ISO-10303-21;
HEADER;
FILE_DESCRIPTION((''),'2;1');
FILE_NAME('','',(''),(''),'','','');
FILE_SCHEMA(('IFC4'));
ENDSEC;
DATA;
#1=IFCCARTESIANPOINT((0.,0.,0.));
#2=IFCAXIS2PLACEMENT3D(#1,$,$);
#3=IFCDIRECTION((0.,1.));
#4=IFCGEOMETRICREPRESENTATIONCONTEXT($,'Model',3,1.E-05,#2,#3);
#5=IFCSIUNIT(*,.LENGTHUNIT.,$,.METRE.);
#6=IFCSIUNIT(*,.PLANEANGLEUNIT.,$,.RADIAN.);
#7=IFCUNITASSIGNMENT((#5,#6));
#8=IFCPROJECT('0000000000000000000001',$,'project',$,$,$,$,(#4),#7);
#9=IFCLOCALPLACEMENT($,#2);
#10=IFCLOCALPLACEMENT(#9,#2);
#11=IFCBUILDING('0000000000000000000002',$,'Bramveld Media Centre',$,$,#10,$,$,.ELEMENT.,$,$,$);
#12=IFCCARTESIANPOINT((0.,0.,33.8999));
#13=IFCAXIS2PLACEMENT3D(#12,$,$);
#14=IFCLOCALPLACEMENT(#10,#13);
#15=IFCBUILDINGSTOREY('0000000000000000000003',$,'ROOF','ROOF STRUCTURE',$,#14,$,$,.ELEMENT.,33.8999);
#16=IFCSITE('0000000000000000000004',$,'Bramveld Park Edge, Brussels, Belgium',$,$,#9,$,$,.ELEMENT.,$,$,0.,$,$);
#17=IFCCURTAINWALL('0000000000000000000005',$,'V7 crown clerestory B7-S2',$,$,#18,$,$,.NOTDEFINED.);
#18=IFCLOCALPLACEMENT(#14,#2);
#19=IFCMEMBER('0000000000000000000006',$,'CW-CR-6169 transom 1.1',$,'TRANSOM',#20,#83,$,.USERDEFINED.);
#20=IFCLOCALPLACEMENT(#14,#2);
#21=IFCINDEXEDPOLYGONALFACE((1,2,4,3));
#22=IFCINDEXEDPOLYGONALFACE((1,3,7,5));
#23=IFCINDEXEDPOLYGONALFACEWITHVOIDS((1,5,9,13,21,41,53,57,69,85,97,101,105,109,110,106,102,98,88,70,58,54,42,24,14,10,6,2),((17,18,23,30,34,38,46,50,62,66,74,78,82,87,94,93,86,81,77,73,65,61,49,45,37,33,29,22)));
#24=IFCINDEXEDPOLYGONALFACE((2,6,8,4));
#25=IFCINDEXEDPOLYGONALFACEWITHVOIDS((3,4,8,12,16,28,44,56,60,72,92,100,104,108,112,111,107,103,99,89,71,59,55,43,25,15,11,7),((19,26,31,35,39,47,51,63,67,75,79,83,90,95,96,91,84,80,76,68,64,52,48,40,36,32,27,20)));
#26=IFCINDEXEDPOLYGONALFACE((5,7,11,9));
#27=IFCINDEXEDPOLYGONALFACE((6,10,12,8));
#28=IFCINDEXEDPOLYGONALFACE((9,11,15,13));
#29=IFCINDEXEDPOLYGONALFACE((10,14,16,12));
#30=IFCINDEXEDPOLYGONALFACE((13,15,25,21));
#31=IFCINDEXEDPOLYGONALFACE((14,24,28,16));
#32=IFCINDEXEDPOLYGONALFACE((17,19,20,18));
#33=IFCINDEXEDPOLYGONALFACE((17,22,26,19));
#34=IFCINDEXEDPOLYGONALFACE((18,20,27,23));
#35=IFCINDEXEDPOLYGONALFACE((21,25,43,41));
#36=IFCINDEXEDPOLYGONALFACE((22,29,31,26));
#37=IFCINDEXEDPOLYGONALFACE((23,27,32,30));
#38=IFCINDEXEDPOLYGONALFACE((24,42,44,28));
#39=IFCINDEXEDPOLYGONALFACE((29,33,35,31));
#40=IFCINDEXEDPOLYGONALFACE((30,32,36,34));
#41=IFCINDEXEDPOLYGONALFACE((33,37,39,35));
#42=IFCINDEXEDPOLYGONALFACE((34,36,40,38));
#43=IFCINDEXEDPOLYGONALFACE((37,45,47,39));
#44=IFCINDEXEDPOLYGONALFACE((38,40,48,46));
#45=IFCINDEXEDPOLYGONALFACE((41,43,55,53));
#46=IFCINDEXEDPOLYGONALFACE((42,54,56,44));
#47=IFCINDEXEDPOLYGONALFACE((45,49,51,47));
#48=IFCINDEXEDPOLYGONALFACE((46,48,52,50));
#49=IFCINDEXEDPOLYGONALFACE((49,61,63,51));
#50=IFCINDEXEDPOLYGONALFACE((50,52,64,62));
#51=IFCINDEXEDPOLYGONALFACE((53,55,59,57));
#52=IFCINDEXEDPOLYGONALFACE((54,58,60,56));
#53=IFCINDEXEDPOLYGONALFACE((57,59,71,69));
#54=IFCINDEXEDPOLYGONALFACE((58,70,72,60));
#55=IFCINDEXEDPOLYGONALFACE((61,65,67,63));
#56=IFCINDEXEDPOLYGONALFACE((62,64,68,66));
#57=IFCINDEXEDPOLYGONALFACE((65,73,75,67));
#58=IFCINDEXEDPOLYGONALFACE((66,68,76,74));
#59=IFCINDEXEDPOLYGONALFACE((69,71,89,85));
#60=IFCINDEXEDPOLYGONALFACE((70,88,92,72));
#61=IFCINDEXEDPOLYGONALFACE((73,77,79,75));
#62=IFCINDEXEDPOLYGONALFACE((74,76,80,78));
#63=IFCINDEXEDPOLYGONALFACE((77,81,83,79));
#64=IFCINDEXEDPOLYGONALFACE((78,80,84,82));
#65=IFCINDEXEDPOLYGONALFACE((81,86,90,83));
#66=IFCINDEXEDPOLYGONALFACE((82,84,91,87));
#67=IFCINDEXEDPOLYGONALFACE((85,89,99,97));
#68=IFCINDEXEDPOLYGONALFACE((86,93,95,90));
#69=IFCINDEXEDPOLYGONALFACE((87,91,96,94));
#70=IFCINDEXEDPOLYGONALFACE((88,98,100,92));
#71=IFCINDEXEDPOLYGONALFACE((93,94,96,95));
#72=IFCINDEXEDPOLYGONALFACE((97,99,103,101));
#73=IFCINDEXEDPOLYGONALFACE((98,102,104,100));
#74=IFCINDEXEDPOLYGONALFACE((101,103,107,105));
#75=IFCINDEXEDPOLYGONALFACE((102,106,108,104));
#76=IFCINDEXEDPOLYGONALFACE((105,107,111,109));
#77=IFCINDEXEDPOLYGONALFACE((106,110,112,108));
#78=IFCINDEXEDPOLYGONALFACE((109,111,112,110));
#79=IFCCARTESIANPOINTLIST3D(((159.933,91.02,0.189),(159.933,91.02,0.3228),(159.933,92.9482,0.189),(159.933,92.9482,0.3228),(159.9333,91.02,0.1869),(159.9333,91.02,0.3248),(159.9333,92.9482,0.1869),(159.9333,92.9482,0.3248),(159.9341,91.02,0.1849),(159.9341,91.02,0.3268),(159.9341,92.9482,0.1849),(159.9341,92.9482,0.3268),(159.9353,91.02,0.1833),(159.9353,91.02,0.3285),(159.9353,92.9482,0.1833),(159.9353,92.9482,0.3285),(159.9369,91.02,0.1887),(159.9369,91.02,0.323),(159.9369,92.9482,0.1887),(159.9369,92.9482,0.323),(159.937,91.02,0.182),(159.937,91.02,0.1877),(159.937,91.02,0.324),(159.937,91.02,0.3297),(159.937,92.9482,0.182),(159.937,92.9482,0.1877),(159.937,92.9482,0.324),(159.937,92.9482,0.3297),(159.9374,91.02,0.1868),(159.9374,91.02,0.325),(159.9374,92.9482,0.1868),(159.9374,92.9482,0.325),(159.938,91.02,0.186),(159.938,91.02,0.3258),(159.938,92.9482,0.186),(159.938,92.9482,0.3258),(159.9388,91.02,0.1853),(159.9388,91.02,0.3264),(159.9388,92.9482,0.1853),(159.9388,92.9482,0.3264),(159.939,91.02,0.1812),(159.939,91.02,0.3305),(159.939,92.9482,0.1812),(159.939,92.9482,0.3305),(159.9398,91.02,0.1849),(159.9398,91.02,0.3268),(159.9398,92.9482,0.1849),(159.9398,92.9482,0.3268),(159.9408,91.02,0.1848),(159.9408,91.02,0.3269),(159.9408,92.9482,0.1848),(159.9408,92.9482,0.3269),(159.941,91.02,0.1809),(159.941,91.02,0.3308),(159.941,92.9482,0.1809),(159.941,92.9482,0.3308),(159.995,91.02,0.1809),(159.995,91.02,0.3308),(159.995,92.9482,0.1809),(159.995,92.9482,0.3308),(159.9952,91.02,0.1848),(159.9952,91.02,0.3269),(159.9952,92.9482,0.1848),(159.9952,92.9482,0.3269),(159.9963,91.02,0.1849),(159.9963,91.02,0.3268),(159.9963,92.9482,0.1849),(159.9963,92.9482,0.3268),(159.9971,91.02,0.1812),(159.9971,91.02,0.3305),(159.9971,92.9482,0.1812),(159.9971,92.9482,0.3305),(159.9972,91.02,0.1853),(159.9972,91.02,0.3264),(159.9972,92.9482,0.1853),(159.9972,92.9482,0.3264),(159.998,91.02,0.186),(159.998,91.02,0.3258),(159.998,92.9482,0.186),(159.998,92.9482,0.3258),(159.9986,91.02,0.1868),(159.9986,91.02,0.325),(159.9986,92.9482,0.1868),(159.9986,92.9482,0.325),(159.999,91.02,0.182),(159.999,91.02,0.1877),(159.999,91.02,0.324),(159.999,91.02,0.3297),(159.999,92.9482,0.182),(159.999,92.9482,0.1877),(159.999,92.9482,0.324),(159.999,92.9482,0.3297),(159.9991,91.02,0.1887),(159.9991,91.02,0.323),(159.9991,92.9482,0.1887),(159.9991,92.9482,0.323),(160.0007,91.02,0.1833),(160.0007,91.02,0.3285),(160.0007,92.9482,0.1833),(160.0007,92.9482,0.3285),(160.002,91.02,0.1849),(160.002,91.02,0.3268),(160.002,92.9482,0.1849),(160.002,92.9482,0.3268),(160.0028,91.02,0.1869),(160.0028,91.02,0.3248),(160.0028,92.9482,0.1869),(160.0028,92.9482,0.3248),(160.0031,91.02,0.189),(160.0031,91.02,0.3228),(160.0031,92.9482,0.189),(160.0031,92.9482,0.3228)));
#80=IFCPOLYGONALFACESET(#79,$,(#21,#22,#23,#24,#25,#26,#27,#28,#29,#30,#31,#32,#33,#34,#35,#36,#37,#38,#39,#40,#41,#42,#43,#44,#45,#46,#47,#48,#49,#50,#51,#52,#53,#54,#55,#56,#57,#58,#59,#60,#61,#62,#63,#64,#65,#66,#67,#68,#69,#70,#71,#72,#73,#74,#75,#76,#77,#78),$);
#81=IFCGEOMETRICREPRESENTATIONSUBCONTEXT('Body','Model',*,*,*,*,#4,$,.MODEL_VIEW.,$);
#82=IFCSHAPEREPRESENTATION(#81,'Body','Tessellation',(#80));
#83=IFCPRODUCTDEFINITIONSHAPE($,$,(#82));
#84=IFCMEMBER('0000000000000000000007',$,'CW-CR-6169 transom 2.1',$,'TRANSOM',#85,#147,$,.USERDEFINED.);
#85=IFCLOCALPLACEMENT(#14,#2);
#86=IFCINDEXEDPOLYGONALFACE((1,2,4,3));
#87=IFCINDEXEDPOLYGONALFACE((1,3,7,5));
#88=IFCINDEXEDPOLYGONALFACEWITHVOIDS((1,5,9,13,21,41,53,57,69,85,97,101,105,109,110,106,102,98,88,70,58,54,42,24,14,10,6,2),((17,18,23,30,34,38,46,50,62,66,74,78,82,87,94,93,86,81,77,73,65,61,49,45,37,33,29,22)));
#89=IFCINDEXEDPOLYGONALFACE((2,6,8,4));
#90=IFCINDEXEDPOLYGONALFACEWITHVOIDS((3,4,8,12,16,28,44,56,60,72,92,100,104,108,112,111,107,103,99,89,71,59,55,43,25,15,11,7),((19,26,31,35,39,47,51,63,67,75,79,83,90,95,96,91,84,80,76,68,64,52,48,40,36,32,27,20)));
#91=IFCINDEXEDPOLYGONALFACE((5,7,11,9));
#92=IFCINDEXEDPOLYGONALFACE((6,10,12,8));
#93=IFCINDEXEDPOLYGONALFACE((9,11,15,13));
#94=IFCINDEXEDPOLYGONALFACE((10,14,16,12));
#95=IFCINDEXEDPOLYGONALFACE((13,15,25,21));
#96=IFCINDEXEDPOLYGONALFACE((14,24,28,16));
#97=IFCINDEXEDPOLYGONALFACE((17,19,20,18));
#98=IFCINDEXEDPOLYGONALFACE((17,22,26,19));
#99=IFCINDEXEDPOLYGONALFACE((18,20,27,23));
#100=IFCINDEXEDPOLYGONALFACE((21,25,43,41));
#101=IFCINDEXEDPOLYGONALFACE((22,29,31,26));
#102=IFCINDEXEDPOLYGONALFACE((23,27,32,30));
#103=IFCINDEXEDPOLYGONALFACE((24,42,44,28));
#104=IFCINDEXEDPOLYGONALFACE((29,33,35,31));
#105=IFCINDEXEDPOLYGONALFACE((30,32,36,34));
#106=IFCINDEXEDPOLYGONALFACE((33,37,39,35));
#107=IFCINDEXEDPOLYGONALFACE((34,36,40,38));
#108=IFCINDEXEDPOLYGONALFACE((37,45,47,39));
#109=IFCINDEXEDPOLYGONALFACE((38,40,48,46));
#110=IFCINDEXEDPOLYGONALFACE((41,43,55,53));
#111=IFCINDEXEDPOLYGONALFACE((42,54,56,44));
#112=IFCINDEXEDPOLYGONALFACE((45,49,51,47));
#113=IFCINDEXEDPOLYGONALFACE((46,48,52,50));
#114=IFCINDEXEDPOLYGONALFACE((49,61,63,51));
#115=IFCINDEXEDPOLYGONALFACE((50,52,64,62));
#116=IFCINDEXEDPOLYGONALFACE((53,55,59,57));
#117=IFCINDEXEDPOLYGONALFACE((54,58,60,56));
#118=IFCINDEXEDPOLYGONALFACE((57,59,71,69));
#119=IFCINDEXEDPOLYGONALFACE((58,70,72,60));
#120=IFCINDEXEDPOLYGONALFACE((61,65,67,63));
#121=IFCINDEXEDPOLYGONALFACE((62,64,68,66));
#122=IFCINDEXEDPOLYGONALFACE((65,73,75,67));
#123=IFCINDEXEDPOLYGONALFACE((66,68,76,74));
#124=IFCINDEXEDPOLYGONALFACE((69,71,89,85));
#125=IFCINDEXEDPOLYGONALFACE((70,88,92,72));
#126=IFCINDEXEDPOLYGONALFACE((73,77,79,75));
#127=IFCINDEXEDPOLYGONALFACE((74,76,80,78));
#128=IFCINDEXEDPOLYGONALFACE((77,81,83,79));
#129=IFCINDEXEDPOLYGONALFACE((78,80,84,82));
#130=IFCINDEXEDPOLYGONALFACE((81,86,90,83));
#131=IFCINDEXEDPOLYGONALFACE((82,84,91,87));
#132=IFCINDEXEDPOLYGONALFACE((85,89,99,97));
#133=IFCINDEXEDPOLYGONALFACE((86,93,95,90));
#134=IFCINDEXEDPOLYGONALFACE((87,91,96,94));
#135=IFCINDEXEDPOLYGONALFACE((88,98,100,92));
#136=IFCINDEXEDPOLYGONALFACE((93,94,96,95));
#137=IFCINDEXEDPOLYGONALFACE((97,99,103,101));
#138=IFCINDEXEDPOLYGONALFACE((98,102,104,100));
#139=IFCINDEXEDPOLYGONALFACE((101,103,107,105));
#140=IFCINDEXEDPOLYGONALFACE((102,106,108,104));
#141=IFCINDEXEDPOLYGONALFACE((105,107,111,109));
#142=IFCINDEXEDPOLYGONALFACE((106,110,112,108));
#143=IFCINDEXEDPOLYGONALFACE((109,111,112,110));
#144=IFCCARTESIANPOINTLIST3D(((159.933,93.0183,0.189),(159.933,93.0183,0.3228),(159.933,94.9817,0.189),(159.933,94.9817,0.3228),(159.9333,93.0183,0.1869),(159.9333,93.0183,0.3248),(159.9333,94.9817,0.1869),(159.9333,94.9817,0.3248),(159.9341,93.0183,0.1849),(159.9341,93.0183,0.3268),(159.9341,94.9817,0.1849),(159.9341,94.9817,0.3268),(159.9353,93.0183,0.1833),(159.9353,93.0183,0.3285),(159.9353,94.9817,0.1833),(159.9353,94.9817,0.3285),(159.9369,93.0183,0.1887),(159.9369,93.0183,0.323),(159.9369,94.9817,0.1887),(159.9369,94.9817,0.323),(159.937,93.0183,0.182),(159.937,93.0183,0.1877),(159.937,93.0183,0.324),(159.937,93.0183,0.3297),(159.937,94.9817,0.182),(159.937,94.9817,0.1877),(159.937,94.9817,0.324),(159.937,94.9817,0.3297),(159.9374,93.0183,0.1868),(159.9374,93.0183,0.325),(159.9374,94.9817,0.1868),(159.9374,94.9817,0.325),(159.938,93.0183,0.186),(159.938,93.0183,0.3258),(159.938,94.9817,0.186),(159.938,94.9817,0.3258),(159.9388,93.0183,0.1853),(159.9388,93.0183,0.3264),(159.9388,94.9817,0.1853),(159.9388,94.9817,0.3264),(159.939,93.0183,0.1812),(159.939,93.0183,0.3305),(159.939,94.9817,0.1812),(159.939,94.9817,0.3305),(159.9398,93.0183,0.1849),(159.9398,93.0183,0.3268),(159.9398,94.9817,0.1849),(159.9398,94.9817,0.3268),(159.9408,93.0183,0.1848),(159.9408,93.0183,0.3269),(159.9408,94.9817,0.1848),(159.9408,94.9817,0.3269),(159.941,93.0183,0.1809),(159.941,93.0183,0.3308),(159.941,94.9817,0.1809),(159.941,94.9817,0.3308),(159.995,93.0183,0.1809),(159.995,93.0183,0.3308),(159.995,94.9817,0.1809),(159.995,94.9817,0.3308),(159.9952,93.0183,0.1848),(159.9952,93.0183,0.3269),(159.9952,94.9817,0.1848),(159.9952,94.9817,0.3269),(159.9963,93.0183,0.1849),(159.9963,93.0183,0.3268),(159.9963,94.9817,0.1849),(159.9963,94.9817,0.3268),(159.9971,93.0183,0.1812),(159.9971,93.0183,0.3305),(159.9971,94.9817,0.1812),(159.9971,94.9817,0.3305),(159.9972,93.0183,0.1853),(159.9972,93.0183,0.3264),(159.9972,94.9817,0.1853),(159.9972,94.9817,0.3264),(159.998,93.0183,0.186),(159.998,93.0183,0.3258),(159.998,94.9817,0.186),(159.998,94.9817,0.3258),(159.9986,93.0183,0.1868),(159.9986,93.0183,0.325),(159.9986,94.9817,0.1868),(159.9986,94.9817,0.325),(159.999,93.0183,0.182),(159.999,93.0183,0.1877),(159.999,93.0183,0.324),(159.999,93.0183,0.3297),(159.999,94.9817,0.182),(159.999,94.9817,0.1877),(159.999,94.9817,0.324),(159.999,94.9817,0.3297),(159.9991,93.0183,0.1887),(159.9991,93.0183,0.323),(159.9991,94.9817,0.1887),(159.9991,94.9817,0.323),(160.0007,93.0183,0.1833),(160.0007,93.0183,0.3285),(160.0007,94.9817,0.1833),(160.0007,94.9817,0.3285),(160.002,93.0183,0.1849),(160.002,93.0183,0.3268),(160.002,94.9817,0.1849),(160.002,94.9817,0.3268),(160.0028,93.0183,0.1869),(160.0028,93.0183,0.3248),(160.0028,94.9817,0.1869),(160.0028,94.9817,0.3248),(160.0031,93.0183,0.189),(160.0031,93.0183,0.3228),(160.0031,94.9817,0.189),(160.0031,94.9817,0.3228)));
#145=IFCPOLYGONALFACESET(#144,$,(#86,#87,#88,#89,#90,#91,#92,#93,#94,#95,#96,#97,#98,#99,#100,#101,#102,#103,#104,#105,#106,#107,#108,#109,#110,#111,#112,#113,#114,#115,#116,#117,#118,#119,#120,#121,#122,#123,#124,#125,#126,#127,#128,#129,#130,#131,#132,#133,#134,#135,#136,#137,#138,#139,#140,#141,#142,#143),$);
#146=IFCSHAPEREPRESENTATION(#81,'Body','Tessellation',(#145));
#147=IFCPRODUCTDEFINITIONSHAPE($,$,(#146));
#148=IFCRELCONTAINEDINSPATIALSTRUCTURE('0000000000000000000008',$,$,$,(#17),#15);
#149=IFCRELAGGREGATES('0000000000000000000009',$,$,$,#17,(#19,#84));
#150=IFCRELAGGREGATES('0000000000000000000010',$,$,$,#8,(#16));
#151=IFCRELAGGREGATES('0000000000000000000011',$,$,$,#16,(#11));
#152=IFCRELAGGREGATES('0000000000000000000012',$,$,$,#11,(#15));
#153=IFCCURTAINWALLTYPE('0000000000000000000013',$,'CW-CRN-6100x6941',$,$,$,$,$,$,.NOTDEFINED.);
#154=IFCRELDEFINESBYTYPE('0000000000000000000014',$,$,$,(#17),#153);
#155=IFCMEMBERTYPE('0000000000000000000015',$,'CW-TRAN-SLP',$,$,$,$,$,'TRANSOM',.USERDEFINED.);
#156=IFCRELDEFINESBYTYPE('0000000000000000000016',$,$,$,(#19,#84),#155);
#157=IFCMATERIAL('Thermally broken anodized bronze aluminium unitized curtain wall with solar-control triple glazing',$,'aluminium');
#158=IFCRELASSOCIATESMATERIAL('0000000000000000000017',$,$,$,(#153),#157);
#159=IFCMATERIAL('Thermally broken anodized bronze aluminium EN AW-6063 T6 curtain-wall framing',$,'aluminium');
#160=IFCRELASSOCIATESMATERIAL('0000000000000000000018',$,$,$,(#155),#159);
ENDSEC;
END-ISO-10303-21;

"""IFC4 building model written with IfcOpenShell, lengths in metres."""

from ifc_helpers import new_model, si_unit, direction, frame, origin, origin_2d, place, context, subcontext, project, spatial, hollow_rectangle, extrude, material, material_profile, profile_set, type_object, element, aggregate, save


model = new_model("IFC4")

# Units and contexts
model_context = context("Model", 3, precision=1e-05, world=origin(), true_north=direction((0.0, 1.0)))
body_context = subcontext(model_context, "Body", "Model", "MODEL_VIEW")
ifc_project = project(units=[si_unit("LENGTHUNIT", "METRE"), si_unit("PLANEANGLEUNIT", "RADIAN")], contexts=[model_context])

# Site, building, storey
site_placement = place(None, origin())
site = spatial("IfcSite", under=ifc_project, at=site_placement, Name="Bramveld Park Edge, Brussels, Belgium", CompositionType="ELEMENT", RefElevation=0.0)
building_placement = place(site_placement, origin())
building = spatial("IfcBuilding", under=site, at=building_placement, Name="Bramveld Media Centre", CompositionType="ELEMENT")
storey_placement = place(building_placement, frame((0.0, 0.0, 33.8999)))
storey = spatial("IfcBuildingStorey", under=building, at=storey_placement, Name="ROOF", Description="ROOF STRUCTURE", CompositionType="ELEMENT", Elevation=33.8999)

# Curtain wall
ifc_material_1 = material(Name="Thermally broken anodized bronze aluminium unitized curtain wall with solar-control triple glazing", Category="aluminium")
curtain_wall_type = type_object("IfcCurtainWallType", Name="CW-CRN-6100x6941", PredefinedType="NOTDEFINED", material=ifc_material_1)
curtain_wall_1_placement = place(storey_placement, origin())
curtain_wall_1 = element("IfcCurtainWall", 1, at=curtain_wall_1_placement, inside=storey, type_object=curtain_wall_type, Name="V7 crown clerestory B7-S2", PredefinedType="NOTDEFINED")

# Members
ifc_material_2 = material(Name="Thermally broken anodized bronze aluminium EN AW-6063 T6 curtain-wall framing", Category="aluminium")
ifc_material_profile_1 = material_profile(ifc_material_2, hollow_rectangle(XDim=0.0701, YDim=0.1499, WallThickness=0.0039, InnerFilletRadius=0.0039, OuterFilletRadius=0.0081, at=origin_2d()), Name="AL-TRAN 70x150")
ifc_profile_set_1 = profile_set([ifc_material_profile_1], Name="Thermally broken anodized bronze aluminium EN AW-6063 T6 curtain-wall framing")
member_type_1 = type_object("IfcMemberType", Name="CW-TRAN-SLP", ElementType="TRANSOM", PredefinedType="USERDEFINED", material=ifc_profile_set_1)
member_1_placement = place(storey_placement, frame((159.968, 91.02, 0.2559), z_axis=(0.0, 1.0, 0.0), x_axis=(-1.0, 0.0, 0.0)))
member_1 = element("IfcMember", 2, at=member_1_placement, type_object=member_type_1, Name="CW-CR-6169 transom 1.1", ObjectType="TRANSOM", PredefinedType="USERDEFINED", context=body_context, shape_type="SweptSolid", body=[
    extrude(hollow_rectangle(XDim=0.0701, YDim=0.1499, WallThickness=0.0039, InnerFilletRadius=0.0039, OuterFilletRadius=0.0081, at=origin_2d()), origin(), (0.0, 0.0, 1.0), 1.9282),
])
member_2_placement = place(storey_placement, frame((159.968, 93.0183, 0.2559), z_axis=(0.0, 1.0, 0.0), x_axis=(-1.0, 0.0, 0.0)))
member_2 = element("IfcMember", 3, at=member_2_placement, type_object=member_type_1, Name="CW-CR-6169 transom 2.1", ObjectType="TRANSOM", PredefinedType="USERDEFINED", context=body_context, shape_type="SweptSolid", body=[
    extrude(hollow_rectangle(XDim=0.0701, YDim=0.1499, WallThickness=0.0039, InnerFilletRadius=0.0039, OuterFilletRadius=0.0081, at=origin_2d()), origin(), (0.0, 0.0, 1.0), 1.9634),
])

aggregate(curtain_wall_1, [member_1, member_2])

save(model, "model.ifc")
